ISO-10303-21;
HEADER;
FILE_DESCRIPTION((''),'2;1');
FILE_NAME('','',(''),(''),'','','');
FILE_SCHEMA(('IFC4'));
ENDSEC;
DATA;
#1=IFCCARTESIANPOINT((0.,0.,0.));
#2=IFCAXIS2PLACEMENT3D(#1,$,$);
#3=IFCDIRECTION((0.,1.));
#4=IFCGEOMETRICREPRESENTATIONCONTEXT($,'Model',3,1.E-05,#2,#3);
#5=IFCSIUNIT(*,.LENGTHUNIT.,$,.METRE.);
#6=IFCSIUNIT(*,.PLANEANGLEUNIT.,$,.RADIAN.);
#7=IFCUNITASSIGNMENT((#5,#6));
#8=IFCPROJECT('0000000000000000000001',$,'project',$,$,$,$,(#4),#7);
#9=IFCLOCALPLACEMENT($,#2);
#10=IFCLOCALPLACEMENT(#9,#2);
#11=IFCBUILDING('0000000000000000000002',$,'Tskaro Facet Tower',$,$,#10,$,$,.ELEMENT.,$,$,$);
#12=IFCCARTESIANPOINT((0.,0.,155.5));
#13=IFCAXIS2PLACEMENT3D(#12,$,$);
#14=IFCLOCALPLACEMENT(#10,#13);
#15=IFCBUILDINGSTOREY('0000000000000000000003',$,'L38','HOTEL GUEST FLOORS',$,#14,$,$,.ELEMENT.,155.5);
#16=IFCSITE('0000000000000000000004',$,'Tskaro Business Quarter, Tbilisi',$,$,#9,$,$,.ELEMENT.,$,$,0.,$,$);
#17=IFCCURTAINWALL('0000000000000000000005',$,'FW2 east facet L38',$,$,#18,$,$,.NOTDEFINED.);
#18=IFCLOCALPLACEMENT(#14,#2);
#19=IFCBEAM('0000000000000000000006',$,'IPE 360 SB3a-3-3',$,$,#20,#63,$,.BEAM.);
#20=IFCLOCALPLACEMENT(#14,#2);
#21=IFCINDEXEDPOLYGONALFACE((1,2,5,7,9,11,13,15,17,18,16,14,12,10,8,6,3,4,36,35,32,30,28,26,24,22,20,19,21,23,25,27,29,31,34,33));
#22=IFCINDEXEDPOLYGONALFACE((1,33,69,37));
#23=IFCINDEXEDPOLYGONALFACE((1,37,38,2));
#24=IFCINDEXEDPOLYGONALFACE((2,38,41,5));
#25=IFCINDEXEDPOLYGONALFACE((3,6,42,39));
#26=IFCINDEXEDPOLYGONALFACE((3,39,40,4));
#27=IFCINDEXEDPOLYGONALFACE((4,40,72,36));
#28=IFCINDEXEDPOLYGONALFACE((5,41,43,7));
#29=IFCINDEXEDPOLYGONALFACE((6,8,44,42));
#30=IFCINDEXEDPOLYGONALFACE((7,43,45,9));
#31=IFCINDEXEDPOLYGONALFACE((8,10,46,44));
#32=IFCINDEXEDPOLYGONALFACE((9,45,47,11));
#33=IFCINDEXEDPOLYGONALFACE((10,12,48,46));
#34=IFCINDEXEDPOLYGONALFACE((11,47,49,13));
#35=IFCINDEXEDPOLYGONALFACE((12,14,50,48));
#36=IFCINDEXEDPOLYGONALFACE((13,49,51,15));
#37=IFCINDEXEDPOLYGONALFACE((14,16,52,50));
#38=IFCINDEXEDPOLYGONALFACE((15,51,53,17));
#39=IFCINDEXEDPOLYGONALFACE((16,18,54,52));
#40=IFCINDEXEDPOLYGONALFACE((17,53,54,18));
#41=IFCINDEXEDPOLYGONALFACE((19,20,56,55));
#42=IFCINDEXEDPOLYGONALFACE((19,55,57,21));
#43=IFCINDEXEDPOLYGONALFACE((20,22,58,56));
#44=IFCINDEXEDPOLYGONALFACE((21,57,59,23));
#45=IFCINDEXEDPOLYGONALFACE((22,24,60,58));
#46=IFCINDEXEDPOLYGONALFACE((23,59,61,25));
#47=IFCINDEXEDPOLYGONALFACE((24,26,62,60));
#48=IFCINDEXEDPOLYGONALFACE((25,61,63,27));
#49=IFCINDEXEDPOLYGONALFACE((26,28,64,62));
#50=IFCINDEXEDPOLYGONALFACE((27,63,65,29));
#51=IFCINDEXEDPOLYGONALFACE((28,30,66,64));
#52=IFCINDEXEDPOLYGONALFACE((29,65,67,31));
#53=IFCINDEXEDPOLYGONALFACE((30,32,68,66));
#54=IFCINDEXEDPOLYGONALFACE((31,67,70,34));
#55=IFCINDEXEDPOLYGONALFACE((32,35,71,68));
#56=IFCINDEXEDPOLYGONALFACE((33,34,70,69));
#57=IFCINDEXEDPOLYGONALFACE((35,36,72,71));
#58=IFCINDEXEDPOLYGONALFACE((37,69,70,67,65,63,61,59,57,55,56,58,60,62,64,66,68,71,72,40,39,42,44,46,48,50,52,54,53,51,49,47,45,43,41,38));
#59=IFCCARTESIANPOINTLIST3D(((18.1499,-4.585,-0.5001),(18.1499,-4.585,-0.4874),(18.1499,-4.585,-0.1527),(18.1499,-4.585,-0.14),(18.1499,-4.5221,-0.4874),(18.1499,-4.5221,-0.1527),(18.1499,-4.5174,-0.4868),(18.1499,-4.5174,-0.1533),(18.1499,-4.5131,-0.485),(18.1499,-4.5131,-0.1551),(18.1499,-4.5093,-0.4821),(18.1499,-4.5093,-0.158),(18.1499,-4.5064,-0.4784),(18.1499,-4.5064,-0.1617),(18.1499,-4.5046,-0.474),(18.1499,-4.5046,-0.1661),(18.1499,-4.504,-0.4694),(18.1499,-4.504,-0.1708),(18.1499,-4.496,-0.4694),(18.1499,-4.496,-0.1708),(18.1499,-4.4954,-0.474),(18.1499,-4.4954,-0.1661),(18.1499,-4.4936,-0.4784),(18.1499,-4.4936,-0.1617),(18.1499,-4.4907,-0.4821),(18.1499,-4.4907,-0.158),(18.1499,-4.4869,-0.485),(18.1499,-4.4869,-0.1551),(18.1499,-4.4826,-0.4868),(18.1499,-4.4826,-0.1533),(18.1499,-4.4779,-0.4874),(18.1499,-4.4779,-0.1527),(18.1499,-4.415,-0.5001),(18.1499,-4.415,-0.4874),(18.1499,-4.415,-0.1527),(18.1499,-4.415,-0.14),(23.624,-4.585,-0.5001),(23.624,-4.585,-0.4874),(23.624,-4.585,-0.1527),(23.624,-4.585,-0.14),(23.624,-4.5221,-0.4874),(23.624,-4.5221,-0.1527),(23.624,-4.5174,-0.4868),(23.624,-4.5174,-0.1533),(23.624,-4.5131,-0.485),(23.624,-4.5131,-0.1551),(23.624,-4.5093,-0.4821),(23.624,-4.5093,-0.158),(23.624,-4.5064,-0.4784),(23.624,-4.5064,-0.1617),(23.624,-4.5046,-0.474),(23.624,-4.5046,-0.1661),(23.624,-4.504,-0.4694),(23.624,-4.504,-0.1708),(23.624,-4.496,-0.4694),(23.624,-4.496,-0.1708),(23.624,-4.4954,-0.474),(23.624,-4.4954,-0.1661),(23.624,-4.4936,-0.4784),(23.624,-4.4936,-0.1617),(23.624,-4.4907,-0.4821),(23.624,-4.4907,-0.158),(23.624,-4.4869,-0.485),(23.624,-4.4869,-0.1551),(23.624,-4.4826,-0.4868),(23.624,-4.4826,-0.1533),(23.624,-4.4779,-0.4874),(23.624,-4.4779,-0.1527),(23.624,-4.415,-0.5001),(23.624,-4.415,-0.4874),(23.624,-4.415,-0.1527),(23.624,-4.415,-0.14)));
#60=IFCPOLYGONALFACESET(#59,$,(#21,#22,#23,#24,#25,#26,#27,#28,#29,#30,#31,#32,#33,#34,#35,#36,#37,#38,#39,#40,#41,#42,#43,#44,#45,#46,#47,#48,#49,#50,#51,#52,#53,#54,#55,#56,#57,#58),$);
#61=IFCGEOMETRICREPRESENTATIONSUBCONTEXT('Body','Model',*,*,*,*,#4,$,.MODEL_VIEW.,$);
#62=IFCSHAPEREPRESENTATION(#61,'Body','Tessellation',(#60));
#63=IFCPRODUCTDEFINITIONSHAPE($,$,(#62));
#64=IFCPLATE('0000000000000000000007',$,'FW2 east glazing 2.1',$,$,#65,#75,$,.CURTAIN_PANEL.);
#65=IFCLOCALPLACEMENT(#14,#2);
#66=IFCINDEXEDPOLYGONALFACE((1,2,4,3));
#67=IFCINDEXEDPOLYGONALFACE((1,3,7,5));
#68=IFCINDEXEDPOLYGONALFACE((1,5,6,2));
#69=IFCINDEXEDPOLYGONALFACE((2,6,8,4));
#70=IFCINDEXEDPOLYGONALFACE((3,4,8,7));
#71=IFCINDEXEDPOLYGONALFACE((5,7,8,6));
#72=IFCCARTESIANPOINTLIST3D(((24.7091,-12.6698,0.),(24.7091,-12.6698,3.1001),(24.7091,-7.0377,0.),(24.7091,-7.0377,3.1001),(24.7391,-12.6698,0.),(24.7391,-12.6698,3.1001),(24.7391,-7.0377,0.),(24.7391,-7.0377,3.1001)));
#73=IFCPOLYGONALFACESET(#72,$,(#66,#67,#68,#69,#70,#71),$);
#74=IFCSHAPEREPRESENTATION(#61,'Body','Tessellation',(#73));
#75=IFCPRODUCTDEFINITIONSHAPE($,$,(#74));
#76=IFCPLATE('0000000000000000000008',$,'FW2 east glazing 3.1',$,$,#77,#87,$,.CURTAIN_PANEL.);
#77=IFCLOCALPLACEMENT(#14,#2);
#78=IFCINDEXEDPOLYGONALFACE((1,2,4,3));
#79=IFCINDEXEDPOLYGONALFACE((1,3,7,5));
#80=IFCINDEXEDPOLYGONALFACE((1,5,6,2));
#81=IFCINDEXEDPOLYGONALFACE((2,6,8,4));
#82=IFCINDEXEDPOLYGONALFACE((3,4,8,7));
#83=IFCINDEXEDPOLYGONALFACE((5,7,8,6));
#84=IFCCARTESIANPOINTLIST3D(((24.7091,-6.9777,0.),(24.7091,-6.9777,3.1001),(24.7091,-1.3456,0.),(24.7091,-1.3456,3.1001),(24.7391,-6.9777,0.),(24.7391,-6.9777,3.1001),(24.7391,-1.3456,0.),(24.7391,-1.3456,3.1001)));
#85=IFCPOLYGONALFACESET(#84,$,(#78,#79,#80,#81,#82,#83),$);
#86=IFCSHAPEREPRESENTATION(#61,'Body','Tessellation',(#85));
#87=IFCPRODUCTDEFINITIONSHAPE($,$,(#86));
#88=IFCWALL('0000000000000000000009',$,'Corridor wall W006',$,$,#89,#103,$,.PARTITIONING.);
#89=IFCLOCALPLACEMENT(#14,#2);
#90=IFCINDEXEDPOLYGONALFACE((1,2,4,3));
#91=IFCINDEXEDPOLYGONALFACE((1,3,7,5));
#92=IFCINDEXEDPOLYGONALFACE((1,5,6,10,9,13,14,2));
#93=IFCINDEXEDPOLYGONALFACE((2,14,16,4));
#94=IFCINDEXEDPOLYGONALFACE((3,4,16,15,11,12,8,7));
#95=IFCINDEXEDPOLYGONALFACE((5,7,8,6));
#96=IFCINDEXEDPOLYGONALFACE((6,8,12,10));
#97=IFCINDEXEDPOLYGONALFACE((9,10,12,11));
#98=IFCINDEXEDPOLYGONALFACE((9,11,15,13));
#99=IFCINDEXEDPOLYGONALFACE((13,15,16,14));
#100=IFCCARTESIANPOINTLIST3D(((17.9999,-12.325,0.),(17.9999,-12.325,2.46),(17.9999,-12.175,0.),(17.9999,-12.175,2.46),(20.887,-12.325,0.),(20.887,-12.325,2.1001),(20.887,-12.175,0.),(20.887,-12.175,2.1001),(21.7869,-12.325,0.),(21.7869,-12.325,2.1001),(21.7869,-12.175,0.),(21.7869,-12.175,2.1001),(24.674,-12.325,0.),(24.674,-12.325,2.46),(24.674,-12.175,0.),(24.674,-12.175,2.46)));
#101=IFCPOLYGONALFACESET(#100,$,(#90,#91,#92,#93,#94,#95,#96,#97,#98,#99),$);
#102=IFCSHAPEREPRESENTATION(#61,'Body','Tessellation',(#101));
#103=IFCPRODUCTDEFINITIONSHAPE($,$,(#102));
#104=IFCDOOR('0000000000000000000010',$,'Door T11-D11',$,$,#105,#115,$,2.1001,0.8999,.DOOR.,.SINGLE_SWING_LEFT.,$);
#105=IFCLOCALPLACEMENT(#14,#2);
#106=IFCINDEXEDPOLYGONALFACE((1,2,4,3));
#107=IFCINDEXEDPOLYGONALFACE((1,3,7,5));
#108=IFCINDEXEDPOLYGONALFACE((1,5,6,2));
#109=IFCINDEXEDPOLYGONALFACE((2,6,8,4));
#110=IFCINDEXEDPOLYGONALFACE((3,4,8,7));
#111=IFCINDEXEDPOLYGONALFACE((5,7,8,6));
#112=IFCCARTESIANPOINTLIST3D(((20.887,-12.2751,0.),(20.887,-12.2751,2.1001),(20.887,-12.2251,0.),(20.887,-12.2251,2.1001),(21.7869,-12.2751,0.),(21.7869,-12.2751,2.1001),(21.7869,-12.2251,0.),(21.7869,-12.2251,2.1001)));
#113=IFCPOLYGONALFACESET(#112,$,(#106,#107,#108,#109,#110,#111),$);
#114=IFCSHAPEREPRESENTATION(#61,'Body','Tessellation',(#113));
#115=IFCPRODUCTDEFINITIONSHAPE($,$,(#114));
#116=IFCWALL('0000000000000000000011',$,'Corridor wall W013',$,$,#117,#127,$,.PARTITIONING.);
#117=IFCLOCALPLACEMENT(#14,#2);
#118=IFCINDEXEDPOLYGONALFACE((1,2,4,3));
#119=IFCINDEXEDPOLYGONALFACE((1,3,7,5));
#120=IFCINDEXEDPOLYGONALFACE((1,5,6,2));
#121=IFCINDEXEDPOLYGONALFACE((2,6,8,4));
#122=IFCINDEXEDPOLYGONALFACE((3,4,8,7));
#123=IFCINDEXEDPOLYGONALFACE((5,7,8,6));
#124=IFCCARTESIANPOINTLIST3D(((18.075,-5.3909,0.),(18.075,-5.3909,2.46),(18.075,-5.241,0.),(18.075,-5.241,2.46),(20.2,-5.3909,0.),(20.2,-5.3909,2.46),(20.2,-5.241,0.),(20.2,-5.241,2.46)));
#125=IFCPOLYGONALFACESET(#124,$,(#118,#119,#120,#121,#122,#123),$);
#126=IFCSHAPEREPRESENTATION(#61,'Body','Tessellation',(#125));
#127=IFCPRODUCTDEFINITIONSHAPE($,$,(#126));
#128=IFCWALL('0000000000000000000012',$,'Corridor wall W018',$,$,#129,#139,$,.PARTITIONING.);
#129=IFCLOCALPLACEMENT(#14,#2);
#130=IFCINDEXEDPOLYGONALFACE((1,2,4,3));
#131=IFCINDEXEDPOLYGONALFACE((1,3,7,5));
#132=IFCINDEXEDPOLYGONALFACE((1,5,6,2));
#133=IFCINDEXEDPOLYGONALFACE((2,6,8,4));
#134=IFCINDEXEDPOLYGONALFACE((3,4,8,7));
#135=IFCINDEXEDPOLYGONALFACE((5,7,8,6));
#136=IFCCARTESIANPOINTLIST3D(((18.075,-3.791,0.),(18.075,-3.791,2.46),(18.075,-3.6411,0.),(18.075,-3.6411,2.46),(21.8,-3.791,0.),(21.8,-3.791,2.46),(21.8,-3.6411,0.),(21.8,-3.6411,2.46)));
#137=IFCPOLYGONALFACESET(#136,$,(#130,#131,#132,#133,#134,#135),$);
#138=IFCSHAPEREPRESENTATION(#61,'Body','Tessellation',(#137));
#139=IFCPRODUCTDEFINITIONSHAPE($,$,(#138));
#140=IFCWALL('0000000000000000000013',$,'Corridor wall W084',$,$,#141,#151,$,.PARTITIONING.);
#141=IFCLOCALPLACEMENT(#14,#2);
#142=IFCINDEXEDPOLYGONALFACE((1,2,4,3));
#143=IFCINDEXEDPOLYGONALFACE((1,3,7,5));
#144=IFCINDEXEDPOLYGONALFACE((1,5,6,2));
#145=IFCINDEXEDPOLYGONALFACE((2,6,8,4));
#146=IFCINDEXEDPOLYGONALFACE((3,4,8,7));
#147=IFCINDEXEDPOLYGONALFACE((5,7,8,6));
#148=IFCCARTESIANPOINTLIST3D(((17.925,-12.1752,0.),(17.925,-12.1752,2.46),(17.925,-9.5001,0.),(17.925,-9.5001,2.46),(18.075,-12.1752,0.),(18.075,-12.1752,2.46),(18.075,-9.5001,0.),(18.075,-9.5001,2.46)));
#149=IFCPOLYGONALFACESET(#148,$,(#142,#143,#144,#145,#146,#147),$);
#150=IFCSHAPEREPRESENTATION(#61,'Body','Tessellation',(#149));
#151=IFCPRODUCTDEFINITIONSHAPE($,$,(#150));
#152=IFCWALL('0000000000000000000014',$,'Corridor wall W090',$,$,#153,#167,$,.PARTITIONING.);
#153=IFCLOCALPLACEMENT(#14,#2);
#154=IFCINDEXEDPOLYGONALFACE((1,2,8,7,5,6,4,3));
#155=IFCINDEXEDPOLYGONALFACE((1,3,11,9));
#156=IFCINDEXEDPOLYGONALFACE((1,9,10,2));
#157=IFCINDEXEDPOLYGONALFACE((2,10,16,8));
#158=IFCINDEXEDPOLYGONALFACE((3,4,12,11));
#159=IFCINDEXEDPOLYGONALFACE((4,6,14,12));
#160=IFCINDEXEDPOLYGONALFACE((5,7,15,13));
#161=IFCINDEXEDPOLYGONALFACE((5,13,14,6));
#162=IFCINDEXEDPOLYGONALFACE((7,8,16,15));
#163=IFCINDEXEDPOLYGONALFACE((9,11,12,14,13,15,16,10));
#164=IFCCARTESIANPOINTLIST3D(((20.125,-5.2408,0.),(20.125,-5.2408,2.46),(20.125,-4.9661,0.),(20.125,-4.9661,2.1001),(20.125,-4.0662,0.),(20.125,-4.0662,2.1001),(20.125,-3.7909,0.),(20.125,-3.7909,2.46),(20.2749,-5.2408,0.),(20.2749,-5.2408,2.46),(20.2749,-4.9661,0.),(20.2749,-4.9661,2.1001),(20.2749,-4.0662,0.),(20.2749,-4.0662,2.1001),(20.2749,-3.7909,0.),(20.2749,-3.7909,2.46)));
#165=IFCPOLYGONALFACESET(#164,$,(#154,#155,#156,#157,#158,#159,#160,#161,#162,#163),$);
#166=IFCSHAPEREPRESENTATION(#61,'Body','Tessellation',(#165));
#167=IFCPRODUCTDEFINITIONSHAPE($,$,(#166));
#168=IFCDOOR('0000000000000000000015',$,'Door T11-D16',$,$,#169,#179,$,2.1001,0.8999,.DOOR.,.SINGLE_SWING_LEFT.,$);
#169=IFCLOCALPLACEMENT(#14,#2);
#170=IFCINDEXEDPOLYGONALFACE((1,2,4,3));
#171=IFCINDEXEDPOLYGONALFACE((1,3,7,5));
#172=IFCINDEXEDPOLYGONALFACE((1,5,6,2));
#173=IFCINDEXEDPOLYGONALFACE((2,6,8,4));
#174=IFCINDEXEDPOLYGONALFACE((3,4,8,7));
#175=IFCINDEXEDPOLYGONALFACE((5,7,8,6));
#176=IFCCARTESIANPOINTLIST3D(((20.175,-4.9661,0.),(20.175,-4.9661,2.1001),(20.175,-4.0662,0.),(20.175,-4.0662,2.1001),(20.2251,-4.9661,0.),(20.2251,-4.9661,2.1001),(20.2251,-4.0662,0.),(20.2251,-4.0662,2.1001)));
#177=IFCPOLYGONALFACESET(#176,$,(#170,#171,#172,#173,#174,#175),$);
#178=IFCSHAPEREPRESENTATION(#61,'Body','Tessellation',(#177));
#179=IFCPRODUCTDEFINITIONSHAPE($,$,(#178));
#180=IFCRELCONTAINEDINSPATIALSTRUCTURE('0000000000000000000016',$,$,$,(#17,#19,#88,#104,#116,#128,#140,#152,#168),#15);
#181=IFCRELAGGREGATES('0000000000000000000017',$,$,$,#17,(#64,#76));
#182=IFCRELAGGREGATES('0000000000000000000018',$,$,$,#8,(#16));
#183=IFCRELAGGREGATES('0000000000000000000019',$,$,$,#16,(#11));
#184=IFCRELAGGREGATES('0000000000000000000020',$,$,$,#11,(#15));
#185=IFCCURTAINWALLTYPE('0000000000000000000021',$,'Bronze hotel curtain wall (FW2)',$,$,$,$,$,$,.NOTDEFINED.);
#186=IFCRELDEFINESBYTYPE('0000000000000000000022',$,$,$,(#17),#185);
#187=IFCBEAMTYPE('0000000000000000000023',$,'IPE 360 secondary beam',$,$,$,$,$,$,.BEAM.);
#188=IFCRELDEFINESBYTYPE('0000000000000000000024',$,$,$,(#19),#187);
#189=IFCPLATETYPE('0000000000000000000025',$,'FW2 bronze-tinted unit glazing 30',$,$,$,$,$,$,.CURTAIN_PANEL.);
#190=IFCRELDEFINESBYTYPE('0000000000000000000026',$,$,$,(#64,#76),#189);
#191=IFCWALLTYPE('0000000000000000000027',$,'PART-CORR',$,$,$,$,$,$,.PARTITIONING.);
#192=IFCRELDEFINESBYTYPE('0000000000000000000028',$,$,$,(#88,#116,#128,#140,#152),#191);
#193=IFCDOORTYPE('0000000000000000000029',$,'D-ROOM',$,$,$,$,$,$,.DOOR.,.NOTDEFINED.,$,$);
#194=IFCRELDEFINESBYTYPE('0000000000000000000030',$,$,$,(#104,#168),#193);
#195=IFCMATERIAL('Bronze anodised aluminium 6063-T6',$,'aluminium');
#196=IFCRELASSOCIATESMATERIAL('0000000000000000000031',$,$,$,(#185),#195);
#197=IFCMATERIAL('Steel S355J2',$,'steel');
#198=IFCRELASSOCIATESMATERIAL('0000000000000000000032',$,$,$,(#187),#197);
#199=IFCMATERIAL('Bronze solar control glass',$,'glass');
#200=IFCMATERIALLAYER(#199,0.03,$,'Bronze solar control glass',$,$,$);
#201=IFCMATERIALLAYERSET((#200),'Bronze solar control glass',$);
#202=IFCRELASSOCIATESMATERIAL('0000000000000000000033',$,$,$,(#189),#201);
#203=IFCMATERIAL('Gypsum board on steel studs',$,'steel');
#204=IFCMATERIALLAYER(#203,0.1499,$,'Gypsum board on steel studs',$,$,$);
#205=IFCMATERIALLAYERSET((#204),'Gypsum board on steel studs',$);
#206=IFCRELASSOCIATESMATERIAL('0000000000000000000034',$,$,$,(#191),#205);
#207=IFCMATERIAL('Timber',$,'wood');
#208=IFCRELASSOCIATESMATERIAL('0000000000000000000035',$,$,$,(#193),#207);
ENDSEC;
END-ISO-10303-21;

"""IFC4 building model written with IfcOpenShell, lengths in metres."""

from ifc_helpers import new_model, si_unit, direction, frame, frame_2d, origin, origin_2d, place, context, subcontext, project, spatial, rectangle, i_section, extrude, material, layer, layer_set, material_profile, profile_set, type_object, element, fill, aggregate, save


model = new_model("IFC4")

# Units and contexts
model_context = context("Model", 3, precision=1e-05, world=origin(), true_north=direction((0.0, 1.0)))
body_context = subcontext(model_context, "Body", "Model", "MODEL_VIEW")
ifc_project = project(units=[si_unit("LENGTHUNIT", "METRE"), si_unit("PLANEANGLEUNIT", "RADIAN")], contexts=[model_context])

# Site, building, storey
site_placement = place(None, origin())
site = spatial("IfcSite", under=ifc_project, at=site_placement, Name="Tskaro Business Quarter, Tbilisi", CompositionType="ELEMENT", RefElevation=0.0)
building_placement = place(site_placement, origin())
building = spatial("IfcBuilding", under=site, at=building_placement, Name="Tskaro Facet Tower", CompositionType="ELEMENT")
storey_placement = place(building_placement, frame((0.0, 0.0, 155.5)))
storey = spatial("IfcBuildingStorey", under=building, at=storey_placement, Name="L38", Description="HOTEL GUEST FLOORS", CompositionType="ELEMENT", Elevation=155.5)

# Curtain wall
ifc_material_1 = material(Name="Bronze anodised aluminium 6063-T6", Category="aluminium")
curtain_wall_type = type_object("IfcCurtainWallType", Name="Bronze hotel curtain wall (FW2)", PredefinedType="NOTDEFINED", material=ifc_material_1)
curtain_wall_placement = place(storey_placement, origin())
curtain_wall = element("IfcCurtainWall", 1, at=curtain_wall_placement, inside=storey, type_object=curtain_wall_type, Name="FW2 east facet L38", PredefinedType="NOTDEFINED")

# Beam
ifc_material_2 = material(Name="Steel S355J2", Category="steel")
ifc_material_profile_1 = material_profile(ifc_material_2, i_section(OverallWidth=0.1699, OverallDepth=0.3601, WebThickness=0.0081, FlangeThickness=0.0127, FilletRadius=0.0181, at=origin_2d()), Name="IPE 360")
ifc_profile_set_1 = profile_set([ifc_material_profile_1], Name="Steel S355J2")
beam_type_1 = type_object("IfcBeamType", Name="IPE 360 secondary beam", PredefinedType="BEAM", material=ifc_profile_set_1)
for number, where, z_axis, x_axis, name in (
    (2, (18.1499, -4.5, -0.3201), (1.0, 0.0, 0.0), (0.0, 1.0, 0.0), "IPE 360 SB3a-3-3"),
):
    element("IfcBeam", number, at=place(storey_placement, frame(where, z_axis=z_axis, x_axis=x_axis)), inside=storey, type_object=beam_type_1, Name=name, PredefinedType="BEAM", context=body_context, shape_type="SweptSolid", body=[
        extrude(i_section(OverallWidth=0.1699, OverallDepth=0.3601, WebThickness=0.0081, FlangeThickness=0.0127, FilletRadius=0.0181, at=origin_2d()), origin(), (0.0, 0.0, 1.0), 5.4741),
    ])

# Plates
ifc_material_3 = material(Name="Bronze solar control glass", Category="glass")
ifc_layer_1 = layer(ifc_material_3, 0.03, Name="Bronze solar control glass")
ifc_layer_set_1 = layer_set([ifc_layer_1], Name="Bronze solar control glass")
plate_type = type_object("IfcPlateType", Name="FW2 bronze-tinted unit glazing 30", PredefinedType="CURTAIN_PANEL", material=ifc_layer_set_1)
plate_1_placement = place(storey_placement, frame((24.7241, -9.8538, 0.0), z_axis=(0.0, 0.0, 1.0), x_axis=(0.0, 1.0, 0.0)))
plate_1 = element("IfcPlate", 3, at=plate_1_placement, type_object=plate_type, Name="FW2 east glazing 2.1", PredefinedType="CURTAIN_PANEL", context=body_context, shape_type="SweptSolid", body=[
    extrude(rectangle(XDim=5.6321, YDim=0.03, at=origin_2d()), origin(), (0.0, 0.0, 1.0), 3.1001),
])
plate_2_placement = place(storey_placement, frame((24.7241, -4.1616, 0.0), z_axis=(0.0, 0.0, 1.0), x_axis=(0.0, 1.0, 0.0)))
plate_2 = element("IfcPlate", 4, at=plate_2_placement, type_object=plate_type, Name="FW2 east glazing 3.1", PredefinedType="CURTAIN_PANEL", context=body_context, shape_type="SweptSolid", body=[
    extrude(rectangle(XDim=5.6321, YDim=0.03, at=origin_2d()), origin(), (0.0, 0.0, 1.0), 3.1001),
])
aggregate(curtain_wall, [plate_1, plate_2])

# Wall, opening, door
ifc_material_4 = material(Name="Gypsum board on steel studs", Category="steel")
ifc_layer_2 = layer(ifc_material_4, 0.1499, Name="Gypsum board on steel studs")
ifc_layer_set_2 = layer_set([ifc_layer_2], Name="Gypsum board on steel studs")
wall_type_1 = type_object("IfcWallType", Name="PART-CORR", PredefinedType="PARTITIONING", material=ifc_layer_set_2)
wall_1_placement = place(storey_placement, frame((18.0, -12.25, 0.0), z_axis=(0.0, 0.0, 1.0), x_axis=(1.0, 0.0, 0.0)))
wall_1 = element("IfcWall", 5, at=wall_1_placement, inside=storey, type_object=wall_type_1, Name="Corridor wall W006", PredefinedType="PARTITIONING", context=body_context, shape_type="SweptSolid", body=[
    extrude(rectangle(XDim=6.6741, YDim=0.1499, at=frame_2d((3.3369, 0.0))), origin(), (0.0, 0.0, 1.0), 2.46),
])
opening_1_placement = place(wall_1_placement, frame((2.887, 0.0, 0.0)))
opening_1 = element("IfcOpeningElement", 6, at=opening_1_placement, cuts=wall_1, PredefinedType="OPENING", context=body_context, shape_type="SweptSolid", body=[
    extrude(rectangle(XDim=0.8999, YDim=2.1001, at=frame_2d((0.45, 1.05))), frame((0.0, 0.085, 0.0), z_axis=(0.0, -1.0, 0.0), x_axis=(1.0, 0.0, 0.0)), (0.0, 0.0, 1.0), 0.1699),
])
ifc_material_5 = material(Name="Timber", Category="wood")
door_type = type_object("IfcDoorType", Name="D-ROOM", OperationType="NOTDEFINED", PredefinedType="DOOR", material=ifc_material_5)
door_1_placement = place(opening_1_placement, origin())
door_1 = element("IfcDoor", 7, at=door_1_placement, inside=storey, type_object=door_type, Name="Door T11-D11", OperationType="SINGLE_SWING_LEFT", OverallHeight=2.1001, OverallWidth=0.8999, PredefinedType="DOOR", context=body_context, shape_type="SweptSolid", body=[
    extrude(rectangle(XDim=0.8999, YDim=2.1001, at=frame_2d((0.45, 1.05))), frame((0.0, 0.0249, 0.0), z_axis=(0.0, -1.0, 0.0), x_axis=(1.0, 0.0, 0.0)), (0.0, 0.0, 1.0), 0.05),
])
fill(opening_1, door_1)

# Walls
wall_2_placement = place(storey_placement, frame((18.075, -5.3159, 0.0), z_axis=(0.0, 0.0, 1.0), x_axis=(1.0, 0.0, 0.0)))
element("IfcWall", 8, at=wall_2_placement, inside=storey, type_object=wall_type_1, Name="Corridor wall W013", PredefinedType="PARTITIONING", context=body_context, shape_type="SweptSolid", body=[
    extrude(rectangle(XDim=2.125, YDim=0.1499, at=frame_2d((1.0625, 0.0))), origin(), (0.0, 0.0, 1.0), 2.46),
])
wall_3_placement = place(storey_placement, frame((18.075, -3.7161, 0.0), z_axis=(0.0, 0.0, 1.0), x_axis=(1.0, 0.0, 0.0)))
element("IfcWall", 9, at=wall_3_placement, inside=storey, type_object=wall_type_1, Name="Corridor wall W018", PredefinedType="PARTITIONING", context=body_context, shape_type="SweptSolid", body=[
    extrude(rectangle(XDim=3.7251, YDim=0.1499, at=frame_2d((1.8625, 0.0))), origin(), (0.0, 0.0, 1.0), 2.46),
])
wall_4_placement = place(storey_placement, frame((18.0, -12.175, 0.0), z_axis=(0.0, 0.0, 1.0), x_axis=(0.0, 1.0, 0.0)))
element("IfcWall", 10, at=wall_4_placement, inside=storey, type_object=wall_type_1, Name="Corridor wall W084", PredefinedType="PARTITIONING", context=body_context, shape_type="SweptSolid", body=[
    extrude(rectangle(XDim=2.675, YDim=0.1499, at=frame_2d((1.3374, 0.0))), origin(), (0.0, 0.0, 1.0), 2.46),
])

# Wall, opening, door
wall_5_placement = place(storey_placement, frame((20.2, -5.241, 0.0), z_axis=(0.0, 0.0, 1.0), x_axis=(0.0, 1.0, 0.0)))
wall_5 = element("IfcWall", 11, at=wall_5_placement, inside=storey, type_object=wall_type_1, Name="Corridor wall W090", PredefinedType="PARTITIONING", context=body_context, shape_type="SweptSolid", body=[
    extrude(rectangle(XDim=1.45, YDim=0.1499, at=frame_2d((0.7251, 0.0))), origin(), (0.0, 0.0, 1.0), 2.46),
])
opening_2_placement = place(wall_5_placement, frame((0.2749, 0.0, 0.0)))
opening_2 = element("IfcOpeningElement", 12, at=opening_2_placement, cuts=wall_5, PredefinedType="OPENING", context=body_context, shape_type="SweptSolid", body=[
    extrude(rectangle(XDim=0.8999, YDim=2.1001, at=frame_2d((0.45, 1.05))), frame((0.0, 0.085, 0.0), z_axis=(0.0, -1.0, 0.0), x_axis=(1.0, 0.0, 0.0)), (0.0, 0.0, 1.0), 0.1699),
])
door_2_placement = place(opening_2_placement, origin())
door_2 = element("IfcDoor", 13, at=door_2_placement, inside=storey, type_object=door_type, Name="Door T11-D16", OperationType="SINGLE_SWING_LEFT", OverallHeight=2.1001, OverallWidth=0.8999, PredefinedType="DOOR", context=body_context, shape_type="SweptSolid", body=[
    extrude(rectangle(XDim=0.8999, YDim=2.1001, at=frame_2d((0.45, 1.05))), frame((0.0, 0.0249, 0.0), z_axis=(0.0, -1.0, 0.0), x_axis=(1.0, 0.0, 0.0)), (0.0, 0.0, 1.0), 0.05),
])
fill(opening_2, door_2)

save(model, "model.ifc")
